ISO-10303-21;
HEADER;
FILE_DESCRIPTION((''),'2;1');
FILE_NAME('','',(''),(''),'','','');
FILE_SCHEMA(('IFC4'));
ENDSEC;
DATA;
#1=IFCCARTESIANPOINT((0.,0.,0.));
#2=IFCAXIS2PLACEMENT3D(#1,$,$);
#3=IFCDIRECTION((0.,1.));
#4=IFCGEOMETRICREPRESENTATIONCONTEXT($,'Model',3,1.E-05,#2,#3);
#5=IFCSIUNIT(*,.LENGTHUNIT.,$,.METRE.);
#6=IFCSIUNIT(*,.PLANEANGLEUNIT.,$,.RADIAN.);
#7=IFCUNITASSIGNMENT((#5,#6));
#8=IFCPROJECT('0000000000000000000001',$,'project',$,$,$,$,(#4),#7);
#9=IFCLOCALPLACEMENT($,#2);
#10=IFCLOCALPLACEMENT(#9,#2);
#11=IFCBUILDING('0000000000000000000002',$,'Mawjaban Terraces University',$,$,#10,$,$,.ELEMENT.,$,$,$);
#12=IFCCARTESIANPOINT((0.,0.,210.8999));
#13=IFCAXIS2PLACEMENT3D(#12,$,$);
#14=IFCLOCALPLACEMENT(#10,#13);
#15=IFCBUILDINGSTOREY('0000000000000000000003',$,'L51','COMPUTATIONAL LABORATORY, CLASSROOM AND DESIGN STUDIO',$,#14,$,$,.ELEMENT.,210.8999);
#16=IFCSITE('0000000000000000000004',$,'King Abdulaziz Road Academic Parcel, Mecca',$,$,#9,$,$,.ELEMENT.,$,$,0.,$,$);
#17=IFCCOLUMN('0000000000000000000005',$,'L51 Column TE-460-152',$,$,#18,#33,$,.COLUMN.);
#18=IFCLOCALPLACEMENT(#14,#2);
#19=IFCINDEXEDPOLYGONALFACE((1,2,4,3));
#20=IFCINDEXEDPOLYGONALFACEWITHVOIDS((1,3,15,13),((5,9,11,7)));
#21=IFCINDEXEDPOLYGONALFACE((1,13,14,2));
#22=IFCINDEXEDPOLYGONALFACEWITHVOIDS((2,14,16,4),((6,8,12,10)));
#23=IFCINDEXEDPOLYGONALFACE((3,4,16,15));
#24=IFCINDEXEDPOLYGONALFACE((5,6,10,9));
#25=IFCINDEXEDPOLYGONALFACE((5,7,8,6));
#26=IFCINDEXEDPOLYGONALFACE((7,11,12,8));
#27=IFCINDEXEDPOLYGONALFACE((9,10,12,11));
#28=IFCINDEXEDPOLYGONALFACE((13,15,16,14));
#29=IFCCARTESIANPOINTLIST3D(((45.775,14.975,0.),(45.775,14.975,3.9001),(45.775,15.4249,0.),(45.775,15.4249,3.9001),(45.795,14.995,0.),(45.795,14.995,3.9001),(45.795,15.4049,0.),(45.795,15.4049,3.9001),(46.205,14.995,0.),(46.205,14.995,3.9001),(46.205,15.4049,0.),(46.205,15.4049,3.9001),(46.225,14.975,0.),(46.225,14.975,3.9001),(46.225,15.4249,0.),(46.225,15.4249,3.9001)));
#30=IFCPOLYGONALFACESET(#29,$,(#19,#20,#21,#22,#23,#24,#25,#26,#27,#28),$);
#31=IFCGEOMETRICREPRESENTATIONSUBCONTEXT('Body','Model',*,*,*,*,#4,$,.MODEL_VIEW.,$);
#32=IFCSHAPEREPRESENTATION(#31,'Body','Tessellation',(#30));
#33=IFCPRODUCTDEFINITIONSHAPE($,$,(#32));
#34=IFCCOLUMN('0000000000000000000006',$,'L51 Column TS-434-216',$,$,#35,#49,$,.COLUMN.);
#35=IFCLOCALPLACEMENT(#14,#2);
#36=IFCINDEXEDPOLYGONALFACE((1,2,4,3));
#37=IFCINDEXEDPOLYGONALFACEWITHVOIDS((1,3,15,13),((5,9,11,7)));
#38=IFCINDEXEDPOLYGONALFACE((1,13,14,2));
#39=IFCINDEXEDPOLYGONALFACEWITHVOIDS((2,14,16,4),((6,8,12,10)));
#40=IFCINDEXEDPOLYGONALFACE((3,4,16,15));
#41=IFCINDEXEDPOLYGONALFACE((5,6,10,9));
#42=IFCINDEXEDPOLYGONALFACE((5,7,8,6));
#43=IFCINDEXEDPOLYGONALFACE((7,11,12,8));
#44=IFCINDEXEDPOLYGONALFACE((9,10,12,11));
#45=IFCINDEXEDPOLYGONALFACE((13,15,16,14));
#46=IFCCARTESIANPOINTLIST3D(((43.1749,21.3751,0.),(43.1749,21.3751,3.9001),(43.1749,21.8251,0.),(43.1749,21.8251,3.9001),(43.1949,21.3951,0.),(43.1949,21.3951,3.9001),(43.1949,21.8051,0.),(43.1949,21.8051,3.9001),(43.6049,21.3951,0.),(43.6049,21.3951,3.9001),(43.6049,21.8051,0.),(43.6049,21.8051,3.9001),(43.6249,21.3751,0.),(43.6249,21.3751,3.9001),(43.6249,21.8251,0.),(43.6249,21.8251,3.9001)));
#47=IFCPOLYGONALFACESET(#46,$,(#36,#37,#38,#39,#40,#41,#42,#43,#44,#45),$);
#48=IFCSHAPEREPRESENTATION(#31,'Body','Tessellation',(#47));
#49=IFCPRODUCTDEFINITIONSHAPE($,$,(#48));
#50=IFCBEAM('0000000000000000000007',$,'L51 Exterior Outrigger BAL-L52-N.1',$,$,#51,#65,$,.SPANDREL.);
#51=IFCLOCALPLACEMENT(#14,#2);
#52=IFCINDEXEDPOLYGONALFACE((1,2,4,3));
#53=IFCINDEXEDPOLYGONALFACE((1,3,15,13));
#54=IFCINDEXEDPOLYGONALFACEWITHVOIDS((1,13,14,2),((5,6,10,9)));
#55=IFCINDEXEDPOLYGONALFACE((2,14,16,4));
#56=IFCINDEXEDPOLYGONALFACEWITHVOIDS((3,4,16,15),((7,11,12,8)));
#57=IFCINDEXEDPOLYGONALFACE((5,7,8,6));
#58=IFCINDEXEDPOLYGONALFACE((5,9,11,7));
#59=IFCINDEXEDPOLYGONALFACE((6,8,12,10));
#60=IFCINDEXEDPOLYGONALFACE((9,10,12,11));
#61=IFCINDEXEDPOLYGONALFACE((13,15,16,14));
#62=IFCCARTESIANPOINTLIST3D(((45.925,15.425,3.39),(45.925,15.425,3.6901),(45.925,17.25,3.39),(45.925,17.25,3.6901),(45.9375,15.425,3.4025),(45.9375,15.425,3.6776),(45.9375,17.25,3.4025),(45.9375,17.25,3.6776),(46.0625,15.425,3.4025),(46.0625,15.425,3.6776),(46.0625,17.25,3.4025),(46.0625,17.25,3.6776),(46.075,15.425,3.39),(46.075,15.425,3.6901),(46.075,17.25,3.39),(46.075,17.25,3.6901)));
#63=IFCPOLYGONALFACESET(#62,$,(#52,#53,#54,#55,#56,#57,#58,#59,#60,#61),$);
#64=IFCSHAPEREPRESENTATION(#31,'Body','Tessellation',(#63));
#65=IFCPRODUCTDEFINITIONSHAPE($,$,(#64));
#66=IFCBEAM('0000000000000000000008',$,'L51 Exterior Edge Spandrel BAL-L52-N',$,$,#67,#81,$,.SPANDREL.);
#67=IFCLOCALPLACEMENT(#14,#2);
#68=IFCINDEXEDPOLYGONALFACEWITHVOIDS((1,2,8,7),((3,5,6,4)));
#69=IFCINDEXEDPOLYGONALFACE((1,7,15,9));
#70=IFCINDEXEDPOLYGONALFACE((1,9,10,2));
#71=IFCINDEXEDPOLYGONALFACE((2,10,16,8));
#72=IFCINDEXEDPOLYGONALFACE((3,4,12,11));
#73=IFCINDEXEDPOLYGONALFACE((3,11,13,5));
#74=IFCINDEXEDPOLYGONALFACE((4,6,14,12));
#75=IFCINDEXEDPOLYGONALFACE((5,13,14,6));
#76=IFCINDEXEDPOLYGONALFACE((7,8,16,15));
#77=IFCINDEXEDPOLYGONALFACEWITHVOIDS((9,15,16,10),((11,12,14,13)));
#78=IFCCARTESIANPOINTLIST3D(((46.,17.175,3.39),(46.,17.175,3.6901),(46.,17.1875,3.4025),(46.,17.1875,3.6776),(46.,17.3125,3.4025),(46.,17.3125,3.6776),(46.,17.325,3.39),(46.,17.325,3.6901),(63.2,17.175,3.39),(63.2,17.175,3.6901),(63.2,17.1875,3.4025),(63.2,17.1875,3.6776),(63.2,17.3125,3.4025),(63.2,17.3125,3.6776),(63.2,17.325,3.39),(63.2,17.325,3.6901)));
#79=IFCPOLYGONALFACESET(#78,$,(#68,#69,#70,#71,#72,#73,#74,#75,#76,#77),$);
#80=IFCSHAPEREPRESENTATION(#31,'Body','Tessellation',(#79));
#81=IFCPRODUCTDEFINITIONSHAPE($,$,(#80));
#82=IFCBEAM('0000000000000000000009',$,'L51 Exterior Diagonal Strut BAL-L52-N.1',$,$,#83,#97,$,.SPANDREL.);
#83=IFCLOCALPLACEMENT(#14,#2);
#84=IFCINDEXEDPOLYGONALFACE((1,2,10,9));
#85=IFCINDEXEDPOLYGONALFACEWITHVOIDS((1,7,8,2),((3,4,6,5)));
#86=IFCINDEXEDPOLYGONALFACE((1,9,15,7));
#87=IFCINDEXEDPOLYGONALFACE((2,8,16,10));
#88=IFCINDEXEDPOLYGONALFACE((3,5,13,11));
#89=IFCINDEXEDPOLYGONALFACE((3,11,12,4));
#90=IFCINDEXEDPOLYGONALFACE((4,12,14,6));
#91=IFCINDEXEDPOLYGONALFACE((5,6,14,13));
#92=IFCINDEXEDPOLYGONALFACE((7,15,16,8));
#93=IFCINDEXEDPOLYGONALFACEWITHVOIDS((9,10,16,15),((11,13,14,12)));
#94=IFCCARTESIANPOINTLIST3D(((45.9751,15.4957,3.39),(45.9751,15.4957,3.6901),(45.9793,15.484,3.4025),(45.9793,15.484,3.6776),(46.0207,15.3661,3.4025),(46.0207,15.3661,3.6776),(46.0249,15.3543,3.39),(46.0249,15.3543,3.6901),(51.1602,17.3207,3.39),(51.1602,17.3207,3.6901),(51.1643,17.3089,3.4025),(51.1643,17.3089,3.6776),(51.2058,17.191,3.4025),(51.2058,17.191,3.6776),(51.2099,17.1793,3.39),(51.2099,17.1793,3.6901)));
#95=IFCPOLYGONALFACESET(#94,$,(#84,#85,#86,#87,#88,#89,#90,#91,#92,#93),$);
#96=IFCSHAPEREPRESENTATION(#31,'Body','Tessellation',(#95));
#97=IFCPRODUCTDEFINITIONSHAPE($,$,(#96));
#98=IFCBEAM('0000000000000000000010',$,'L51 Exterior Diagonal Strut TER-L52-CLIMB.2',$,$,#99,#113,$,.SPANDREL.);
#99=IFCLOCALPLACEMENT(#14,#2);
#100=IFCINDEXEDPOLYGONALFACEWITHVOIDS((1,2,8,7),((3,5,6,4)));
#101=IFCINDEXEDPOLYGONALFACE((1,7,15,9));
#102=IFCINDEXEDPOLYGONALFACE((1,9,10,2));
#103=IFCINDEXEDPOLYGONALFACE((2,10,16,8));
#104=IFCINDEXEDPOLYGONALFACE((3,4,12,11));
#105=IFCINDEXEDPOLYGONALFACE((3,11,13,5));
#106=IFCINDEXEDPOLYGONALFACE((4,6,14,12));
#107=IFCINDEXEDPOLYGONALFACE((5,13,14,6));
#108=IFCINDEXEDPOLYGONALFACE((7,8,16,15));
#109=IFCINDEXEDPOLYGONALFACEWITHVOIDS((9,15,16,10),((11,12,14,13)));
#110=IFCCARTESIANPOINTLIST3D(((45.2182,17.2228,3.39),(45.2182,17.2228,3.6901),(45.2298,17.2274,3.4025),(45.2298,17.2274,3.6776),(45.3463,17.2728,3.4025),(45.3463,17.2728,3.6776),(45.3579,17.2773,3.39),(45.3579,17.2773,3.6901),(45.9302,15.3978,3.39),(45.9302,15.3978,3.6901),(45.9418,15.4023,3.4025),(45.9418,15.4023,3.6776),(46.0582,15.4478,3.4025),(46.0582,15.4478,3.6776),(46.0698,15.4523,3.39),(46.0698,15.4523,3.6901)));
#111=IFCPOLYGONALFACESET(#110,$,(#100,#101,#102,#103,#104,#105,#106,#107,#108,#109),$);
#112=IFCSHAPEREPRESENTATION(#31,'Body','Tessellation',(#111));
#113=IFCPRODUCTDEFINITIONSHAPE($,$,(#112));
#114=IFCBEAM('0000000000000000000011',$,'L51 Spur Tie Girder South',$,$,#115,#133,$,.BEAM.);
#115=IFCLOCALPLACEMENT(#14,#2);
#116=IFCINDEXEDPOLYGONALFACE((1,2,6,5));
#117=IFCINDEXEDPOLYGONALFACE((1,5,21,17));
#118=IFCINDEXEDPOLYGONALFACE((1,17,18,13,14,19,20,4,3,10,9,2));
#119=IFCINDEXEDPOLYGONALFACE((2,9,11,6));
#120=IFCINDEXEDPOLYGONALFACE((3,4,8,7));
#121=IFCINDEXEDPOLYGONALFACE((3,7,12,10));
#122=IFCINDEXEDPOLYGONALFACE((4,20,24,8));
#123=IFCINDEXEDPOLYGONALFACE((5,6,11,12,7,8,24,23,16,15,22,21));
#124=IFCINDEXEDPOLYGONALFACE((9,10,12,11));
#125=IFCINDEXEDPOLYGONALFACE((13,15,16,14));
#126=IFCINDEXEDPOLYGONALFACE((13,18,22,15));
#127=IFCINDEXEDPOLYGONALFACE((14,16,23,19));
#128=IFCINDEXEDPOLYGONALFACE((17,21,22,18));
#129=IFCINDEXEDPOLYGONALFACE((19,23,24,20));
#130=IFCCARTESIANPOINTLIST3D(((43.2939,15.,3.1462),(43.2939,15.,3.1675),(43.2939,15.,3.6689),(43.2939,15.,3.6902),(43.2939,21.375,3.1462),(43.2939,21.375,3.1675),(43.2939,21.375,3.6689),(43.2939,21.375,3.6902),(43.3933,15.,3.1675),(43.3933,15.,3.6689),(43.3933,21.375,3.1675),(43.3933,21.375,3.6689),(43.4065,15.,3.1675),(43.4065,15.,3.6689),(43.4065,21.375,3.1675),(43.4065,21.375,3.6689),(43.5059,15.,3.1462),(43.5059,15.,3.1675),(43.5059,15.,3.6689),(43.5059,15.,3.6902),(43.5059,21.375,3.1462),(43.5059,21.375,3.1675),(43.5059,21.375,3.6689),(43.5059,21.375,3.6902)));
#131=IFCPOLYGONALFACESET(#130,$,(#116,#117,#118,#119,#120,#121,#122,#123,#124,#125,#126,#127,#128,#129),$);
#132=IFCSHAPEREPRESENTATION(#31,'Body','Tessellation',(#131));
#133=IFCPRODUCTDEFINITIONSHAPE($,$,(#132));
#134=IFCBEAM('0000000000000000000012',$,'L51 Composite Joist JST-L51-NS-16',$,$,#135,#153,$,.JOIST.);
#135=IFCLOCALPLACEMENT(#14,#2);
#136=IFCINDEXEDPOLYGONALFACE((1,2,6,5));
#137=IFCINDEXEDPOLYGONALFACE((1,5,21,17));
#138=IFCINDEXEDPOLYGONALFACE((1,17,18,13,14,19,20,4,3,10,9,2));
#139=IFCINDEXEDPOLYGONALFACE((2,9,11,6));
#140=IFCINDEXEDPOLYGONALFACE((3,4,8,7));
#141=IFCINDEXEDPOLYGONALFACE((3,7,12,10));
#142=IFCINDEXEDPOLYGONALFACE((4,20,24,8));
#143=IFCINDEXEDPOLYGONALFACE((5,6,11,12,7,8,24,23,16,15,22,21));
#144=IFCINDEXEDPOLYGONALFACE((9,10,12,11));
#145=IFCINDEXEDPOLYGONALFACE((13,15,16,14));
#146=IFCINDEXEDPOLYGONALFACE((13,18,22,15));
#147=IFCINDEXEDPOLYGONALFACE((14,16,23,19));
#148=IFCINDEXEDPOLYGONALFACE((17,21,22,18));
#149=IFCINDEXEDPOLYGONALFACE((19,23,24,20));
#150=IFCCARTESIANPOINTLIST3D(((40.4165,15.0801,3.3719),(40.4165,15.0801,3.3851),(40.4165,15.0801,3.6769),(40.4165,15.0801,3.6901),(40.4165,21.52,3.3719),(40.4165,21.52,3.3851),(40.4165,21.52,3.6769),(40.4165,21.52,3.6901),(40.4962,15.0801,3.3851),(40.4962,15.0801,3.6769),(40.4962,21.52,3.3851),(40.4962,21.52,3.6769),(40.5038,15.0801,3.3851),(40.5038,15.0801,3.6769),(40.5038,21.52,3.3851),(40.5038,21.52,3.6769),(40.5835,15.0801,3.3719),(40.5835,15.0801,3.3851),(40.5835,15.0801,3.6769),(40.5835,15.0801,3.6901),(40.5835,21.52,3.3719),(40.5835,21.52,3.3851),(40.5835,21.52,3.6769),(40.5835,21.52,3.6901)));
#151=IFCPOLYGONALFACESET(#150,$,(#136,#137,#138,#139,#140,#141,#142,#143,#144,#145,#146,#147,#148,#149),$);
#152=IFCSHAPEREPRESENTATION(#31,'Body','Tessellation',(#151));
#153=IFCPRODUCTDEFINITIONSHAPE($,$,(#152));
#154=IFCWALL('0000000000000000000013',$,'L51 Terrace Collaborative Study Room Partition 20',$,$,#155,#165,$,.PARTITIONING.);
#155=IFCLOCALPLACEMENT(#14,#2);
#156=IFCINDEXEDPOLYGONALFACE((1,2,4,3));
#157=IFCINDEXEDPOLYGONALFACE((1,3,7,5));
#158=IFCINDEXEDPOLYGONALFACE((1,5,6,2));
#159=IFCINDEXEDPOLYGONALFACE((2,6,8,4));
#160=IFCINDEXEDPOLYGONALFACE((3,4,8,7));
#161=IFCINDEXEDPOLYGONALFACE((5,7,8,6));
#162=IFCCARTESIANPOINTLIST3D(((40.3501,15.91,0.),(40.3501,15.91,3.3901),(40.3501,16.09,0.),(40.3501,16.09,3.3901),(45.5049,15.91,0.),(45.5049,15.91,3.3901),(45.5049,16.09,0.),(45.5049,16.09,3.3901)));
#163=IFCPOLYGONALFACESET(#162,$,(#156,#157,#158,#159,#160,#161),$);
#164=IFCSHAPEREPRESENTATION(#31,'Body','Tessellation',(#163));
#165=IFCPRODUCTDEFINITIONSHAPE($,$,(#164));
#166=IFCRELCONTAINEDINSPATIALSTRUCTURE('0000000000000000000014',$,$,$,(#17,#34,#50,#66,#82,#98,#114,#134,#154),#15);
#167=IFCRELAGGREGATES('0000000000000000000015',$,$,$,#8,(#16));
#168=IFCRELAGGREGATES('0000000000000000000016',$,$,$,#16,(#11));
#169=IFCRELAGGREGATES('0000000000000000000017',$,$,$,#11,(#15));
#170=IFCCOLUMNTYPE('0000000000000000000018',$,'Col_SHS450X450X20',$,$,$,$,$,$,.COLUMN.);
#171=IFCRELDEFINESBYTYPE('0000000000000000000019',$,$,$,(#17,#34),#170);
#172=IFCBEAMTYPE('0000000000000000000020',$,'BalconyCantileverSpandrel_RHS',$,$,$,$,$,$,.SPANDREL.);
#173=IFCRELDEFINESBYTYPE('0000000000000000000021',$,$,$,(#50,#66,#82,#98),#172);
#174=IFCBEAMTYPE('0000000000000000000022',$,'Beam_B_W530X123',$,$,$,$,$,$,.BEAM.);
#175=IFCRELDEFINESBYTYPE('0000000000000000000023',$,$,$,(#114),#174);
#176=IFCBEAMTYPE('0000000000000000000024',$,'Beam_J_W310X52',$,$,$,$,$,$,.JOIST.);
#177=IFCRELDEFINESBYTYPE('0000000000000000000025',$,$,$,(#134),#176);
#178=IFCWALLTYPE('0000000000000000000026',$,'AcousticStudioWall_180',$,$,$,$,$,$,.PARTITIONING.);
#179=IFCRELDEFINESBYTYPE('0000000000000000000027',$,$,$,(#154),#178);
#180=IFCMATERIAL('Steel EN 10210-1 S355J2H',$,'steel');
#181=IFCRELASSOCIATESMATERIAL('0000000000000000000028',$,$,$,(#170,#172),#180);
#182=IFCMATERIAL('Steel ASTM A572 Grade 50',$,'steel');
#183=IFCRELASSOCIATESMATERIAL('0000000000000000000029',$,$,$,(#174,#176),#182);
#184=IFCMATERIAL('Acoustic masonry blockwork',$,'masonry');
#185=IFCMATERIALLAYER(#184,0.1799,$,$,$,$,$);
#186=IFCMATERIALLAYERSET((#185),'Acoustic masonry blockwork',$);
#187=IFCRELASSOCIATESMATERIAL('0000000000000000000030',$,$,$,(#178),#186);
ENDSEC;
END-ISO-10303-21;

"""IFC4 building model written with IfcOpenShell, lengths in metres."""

from ifc_helpers import new_model, si_unit, direction, frame, frame_2d, origin, origin_2d, place, context, subcontext, project, spatial, rectangle, hollow_rectangle, i_section, extrude, material, layer, layer_set, material_profile, profile_set, type_object, element, save


model = new_model("IFC4")

# Units and contexts
model_context = context("Model", 3, precision=1e-05, world=origin(), true_north=direction((0.0, 1.0)))
body_context = subcontext(model_context, "Body", "Model", "MODEL_VIEW")
ifc_project = project(units=[si_unit("LENGTHUNIT", "METRE"), si_unit("PLANEANGLEUNIT", "RADIAN")], contexts=[model_context])

# Site, building, storey
site_placement = place(None, origin())
site = spatial("IfcSite", under=ifc_project, at=site_placement, Name="King Abdulaziz Road Academic Parcel, Mecca", CompositionType="ELEMENT", RefElevation=0.0)
building_placement = place(site_placement, origin())
building = spatial("IfcBuilding", under=site, at=building_placement, Name="Mawjaban Terraces University", CompositionType="ELEMENT")
storey_placement = place(building_placement, frame((0.0, 0.0, 210.8999)))
storey = spatial("IfcBuildingStorey", under=building, at=storey_placement, Name="L51", Description="COMPUTATIONAL LABORATORY, CLASSROOM AND DESIGN STUDIO", CompositionType="ELEMENT", Elevation=210.8999)

# Columns
ifc_material_1 = material(Name="Steel EN 10210-1 S355J2H", Category="steel")
ifc_material_profile_1 = material_profile(ifc_material_1, hollow_rectangle(XDim=0.45, YDim=0.45, WallThickness=0.02, at=origin_2d()), Name="SHS450X450X20")
ifc_profile_set_1 = profile_set([ifc_material_profile_1], Name="Steel EN 10210-1 S355J2H")
column_type = type_object("IfcColumnType", Name="Col_SHS450X450X20", PredefinedType="COLUMN", material=ifc_profile_set_1)
for number, where, z_axis, x_axis, name in (
    (1, (46.0, 15.2, 0.0), (0.0, 0.0, 1.0), (1.0, 0.0, 0.0), "L51 Column TE-460-152"),
    (2, (43.3999, 21.6001, 0.0), (0.0, 0.0, 1.0), (1.0, 0.0, 0.0), "L51 Column TS-434-216"),
):
    element("IfcColumn", number, at=place(storey_placement, frame(where, z_axis=z_axis, x_axis=x_axis)), inside=storey, type_object=column_type, Name=name, PredefinedType="COLUMN", context=body_context, shape_type="SweptSolid", body=[
        extrude(hollow_rectangle(XDim=0.45, YDim=0.45, WallThickness=0.02, at=origin_2d()), origin(), (0.0, 0.0, 1.0), 3.9001),
    ])

# Beams
ifc_material_profile_2 = material_profile(ifc_material_1, hollow_rectangle(XDim=0.1499, YDim=0.3, WallThickness=0.0125, at=origin_2d()), Name="RHS300X150X12.5")
ifc_profile_set_2 = profile_set([ifc_material_profile_2], Name="Steel EN 10210-1 S355J2H")
beam_type_1 = type_object("IfcBeamType", Name="BalconyCantileverSpandrel_RHS", PredefinedType="SPANDREL", material=ifc_profile_set_2)
beam_1_placement = place(storey_placement, frame((46.0, 15.425, 3.54), z_axis=(0.0, 1.0, 0.0), x_axis=(-1.0, 0.0, 0.0)))
element("IfcBeam", 3, at=beam_1_placement, inside=storey, type_object=beam_type_1, Name="L51 Exterior Outrigger BAL-L52-N.1", PredefinedType="SPANDREL", context=body_context, shape_type="SweptSolid", body=[
    extrude(hollow_rectangle(XDim=0.1499, YDim=0.3, WallThickness=0.0125, at=origin_2d()), origin(), (0.0, 0.0, 1.0), 1.825),
])
beam_2_placement = place(storey_placement, frame((46.0, 17.25, 3.54), z_axis=(1.0, 0.0, 0.0), x_axis=(0.0, 1.0, 0.0)))
element("IfcBeam", 4, at=beam_2_placement, inside=storey, type_object=beam_type_1, Name="L51 Exterior Edge Spandrel BAL-L52-N", PredefinedType="SPANDREL", context=body_context, shape_type="SweptSolid", body=[
    extrude(hollow_rectangle(XDim=0.1499, YDim=0.3, WallThickness=0.0125, at=origin_2d()), origin(), (0.0, 0.0, 1.0), 17.2),
])
beam_3_placement = place(storey_placement, frame((46.0, 15.425, 3.54), z_axis=(0.943279, 0.332, 0.0), x_axis=(-0.332, 0.943279, 0.0)))
element("IfcBeam", 5, at=beam_3_placement, inside=storey, type_object=beam_type_1, Name="L51 Exterior Diagonal Strut BAL-L52-N.1", PredefinedType="SPANDREL", context=body_context, shape_type="SweptSolid", body=[
    extrude(hollow_rectangle(XDim=0.1499, YDim=0.3, WallThickness=0.0125, at=origin_2d()), origin(), (0.0, 0.0, 1.0), 5.4968),
])
beam_4_placement = place(storey_placement, frame((46.0, 15.425, 3.54), z_axis=(-0.363426, 0.931623, 0.0), x_axis=(-0.931623, -0.363426, 0.0)))
element("IfcBeam", 6, at=beam_4_placement, inside=storey, type_object=beam_type_1, Name="L51 Exterior Diagonal Strut TER-L52-CLIMB.2", PredefinedType="SPANDREL", context=body_context, shape_type="SweptSolid", body=[
    extrude(hollow_rectangle(XDim=0.1499, YDim=0.3, WallThickness=0.0125, at=origin_2d()), origin(), (0.0, 0.0, 1.0), 1.959),
])
ifc_material_2 = material(Name="Steel ASTM A572 Grade 50", Category="steel")
ifc_material_profile_3 = material_profile(ifc_material_2, i_section(OverallWidth=0.2119, OverallDepth=0.5439, WebThickness=0.0132, FlangeThickness=0.0212, at=origin_2d()), Name="W530X123")
ifc_profile_set_3 = profile_set([ifc_material_profile_3], Name="Steel ASTM A572 Grade 50")
beam_type_2 = type_object("IfcBeamType", Name="Beam_B_W530X123", PredefinedType="BEAM", material=ifc_profile_set_3)
beam_5_placement = place(storey_placement, frame((43.3999, 15.0, 3.4182), z_axis=(0.0, 1.0, 0.0), x_axis=(-1.0, 0.0, 0.0)))
element("IfcBeam", 7, at=beam_5_placement, inside=storey, type_object=beam_type_2, Name="L51 Spur Tie Girder South", PredefinedType="BEAM", context=body_context, shape_type="SweptSolid", body=[
    extrude(i_section(OverallWidth=0.2119, OverallDepth=0.5439, WebThickness=0.0132, FlangeThickness=0.0212, at=origin_2d()), origin(), (0.0, 0.0, 1.0), 6.375),
])
ifc_material_profile_4 = material_profile(ifc_material_2, i_section(OverallWidth=0.167, OverallDepth=0.3181, WebThickness=0.0076, FlangeThickness=0.0132, at=origin_2d()), Name="W310X52")
ifc_profile_set_4 = profile_set([ifc_material_profile_4], Name="Steel ASTM A572 Grade 50")
beam_type_3 = type_object("IfcBeamType", Name="Beam_J_W310X52", PredefinedType="JOIST", material=ifc_profile_set_4)
beam_6_placement = place(storey_placement, frame((40.5, 15.0801, 3.531), z_axis=(0.0, 1.0, 0.0), x_axis=(-1.0, 0.0, 0.0)))
element("IfcBeam", 8, at=beam_6_placement, inside=storey, type_object=beam_type_3, Name="L51 Composite Joist JST-L51-NS-16", PredefinedType="JOIST", context=body_context, shape_type="SweptSolid", body=[
    extrude(i_section(OverallWidth=0.167, OverallDepth=0.3181, WebThickness=0.0076, FlangeThickness=0.0132, at=origin_2d()), origin(), (0.0, 0.0, 1.0), 6.4399),
])

# Wall
ifc_material_3 = material(Name="Acoustic masonry blockwork", Category="masonry")
ifc_layer_1 = layer(ifc_material_3, 0.1799)
ifc_layer_set_1 = layer_set([ifc_layer_1], Name="Acoustic masonry blockwork")
wall_type_1 = type_object("IfcWallType", Name="AcousticStudioWall_180", PredefinedType="PARTITIONING", material=ifc_layer_set_1)
wall_1_placement = place(storey_placement, frame((40.3501, 16.0, 0.0), z_axis=(0.0, 0.0, 1.0), x_axis=(1.0, 0.0, 0.0)))
element("IfcWall", 9, at=wall_1_placement, inside=storey, type_object=wall_type_1, Name="L51 Terrace Collaborative Study Room Partition 20", PredefinedType="PARTITIONING", context=body_context, shape_type="SweptSolid", body=[
    extrude(rectangle(XDim=5.1548, YDim=0.1799, at=frame_2d((2.5774, 0.0))), origin(), (0.0, 0.0, 1.0), 3.3901),
])

save(model, "model.ifc")
